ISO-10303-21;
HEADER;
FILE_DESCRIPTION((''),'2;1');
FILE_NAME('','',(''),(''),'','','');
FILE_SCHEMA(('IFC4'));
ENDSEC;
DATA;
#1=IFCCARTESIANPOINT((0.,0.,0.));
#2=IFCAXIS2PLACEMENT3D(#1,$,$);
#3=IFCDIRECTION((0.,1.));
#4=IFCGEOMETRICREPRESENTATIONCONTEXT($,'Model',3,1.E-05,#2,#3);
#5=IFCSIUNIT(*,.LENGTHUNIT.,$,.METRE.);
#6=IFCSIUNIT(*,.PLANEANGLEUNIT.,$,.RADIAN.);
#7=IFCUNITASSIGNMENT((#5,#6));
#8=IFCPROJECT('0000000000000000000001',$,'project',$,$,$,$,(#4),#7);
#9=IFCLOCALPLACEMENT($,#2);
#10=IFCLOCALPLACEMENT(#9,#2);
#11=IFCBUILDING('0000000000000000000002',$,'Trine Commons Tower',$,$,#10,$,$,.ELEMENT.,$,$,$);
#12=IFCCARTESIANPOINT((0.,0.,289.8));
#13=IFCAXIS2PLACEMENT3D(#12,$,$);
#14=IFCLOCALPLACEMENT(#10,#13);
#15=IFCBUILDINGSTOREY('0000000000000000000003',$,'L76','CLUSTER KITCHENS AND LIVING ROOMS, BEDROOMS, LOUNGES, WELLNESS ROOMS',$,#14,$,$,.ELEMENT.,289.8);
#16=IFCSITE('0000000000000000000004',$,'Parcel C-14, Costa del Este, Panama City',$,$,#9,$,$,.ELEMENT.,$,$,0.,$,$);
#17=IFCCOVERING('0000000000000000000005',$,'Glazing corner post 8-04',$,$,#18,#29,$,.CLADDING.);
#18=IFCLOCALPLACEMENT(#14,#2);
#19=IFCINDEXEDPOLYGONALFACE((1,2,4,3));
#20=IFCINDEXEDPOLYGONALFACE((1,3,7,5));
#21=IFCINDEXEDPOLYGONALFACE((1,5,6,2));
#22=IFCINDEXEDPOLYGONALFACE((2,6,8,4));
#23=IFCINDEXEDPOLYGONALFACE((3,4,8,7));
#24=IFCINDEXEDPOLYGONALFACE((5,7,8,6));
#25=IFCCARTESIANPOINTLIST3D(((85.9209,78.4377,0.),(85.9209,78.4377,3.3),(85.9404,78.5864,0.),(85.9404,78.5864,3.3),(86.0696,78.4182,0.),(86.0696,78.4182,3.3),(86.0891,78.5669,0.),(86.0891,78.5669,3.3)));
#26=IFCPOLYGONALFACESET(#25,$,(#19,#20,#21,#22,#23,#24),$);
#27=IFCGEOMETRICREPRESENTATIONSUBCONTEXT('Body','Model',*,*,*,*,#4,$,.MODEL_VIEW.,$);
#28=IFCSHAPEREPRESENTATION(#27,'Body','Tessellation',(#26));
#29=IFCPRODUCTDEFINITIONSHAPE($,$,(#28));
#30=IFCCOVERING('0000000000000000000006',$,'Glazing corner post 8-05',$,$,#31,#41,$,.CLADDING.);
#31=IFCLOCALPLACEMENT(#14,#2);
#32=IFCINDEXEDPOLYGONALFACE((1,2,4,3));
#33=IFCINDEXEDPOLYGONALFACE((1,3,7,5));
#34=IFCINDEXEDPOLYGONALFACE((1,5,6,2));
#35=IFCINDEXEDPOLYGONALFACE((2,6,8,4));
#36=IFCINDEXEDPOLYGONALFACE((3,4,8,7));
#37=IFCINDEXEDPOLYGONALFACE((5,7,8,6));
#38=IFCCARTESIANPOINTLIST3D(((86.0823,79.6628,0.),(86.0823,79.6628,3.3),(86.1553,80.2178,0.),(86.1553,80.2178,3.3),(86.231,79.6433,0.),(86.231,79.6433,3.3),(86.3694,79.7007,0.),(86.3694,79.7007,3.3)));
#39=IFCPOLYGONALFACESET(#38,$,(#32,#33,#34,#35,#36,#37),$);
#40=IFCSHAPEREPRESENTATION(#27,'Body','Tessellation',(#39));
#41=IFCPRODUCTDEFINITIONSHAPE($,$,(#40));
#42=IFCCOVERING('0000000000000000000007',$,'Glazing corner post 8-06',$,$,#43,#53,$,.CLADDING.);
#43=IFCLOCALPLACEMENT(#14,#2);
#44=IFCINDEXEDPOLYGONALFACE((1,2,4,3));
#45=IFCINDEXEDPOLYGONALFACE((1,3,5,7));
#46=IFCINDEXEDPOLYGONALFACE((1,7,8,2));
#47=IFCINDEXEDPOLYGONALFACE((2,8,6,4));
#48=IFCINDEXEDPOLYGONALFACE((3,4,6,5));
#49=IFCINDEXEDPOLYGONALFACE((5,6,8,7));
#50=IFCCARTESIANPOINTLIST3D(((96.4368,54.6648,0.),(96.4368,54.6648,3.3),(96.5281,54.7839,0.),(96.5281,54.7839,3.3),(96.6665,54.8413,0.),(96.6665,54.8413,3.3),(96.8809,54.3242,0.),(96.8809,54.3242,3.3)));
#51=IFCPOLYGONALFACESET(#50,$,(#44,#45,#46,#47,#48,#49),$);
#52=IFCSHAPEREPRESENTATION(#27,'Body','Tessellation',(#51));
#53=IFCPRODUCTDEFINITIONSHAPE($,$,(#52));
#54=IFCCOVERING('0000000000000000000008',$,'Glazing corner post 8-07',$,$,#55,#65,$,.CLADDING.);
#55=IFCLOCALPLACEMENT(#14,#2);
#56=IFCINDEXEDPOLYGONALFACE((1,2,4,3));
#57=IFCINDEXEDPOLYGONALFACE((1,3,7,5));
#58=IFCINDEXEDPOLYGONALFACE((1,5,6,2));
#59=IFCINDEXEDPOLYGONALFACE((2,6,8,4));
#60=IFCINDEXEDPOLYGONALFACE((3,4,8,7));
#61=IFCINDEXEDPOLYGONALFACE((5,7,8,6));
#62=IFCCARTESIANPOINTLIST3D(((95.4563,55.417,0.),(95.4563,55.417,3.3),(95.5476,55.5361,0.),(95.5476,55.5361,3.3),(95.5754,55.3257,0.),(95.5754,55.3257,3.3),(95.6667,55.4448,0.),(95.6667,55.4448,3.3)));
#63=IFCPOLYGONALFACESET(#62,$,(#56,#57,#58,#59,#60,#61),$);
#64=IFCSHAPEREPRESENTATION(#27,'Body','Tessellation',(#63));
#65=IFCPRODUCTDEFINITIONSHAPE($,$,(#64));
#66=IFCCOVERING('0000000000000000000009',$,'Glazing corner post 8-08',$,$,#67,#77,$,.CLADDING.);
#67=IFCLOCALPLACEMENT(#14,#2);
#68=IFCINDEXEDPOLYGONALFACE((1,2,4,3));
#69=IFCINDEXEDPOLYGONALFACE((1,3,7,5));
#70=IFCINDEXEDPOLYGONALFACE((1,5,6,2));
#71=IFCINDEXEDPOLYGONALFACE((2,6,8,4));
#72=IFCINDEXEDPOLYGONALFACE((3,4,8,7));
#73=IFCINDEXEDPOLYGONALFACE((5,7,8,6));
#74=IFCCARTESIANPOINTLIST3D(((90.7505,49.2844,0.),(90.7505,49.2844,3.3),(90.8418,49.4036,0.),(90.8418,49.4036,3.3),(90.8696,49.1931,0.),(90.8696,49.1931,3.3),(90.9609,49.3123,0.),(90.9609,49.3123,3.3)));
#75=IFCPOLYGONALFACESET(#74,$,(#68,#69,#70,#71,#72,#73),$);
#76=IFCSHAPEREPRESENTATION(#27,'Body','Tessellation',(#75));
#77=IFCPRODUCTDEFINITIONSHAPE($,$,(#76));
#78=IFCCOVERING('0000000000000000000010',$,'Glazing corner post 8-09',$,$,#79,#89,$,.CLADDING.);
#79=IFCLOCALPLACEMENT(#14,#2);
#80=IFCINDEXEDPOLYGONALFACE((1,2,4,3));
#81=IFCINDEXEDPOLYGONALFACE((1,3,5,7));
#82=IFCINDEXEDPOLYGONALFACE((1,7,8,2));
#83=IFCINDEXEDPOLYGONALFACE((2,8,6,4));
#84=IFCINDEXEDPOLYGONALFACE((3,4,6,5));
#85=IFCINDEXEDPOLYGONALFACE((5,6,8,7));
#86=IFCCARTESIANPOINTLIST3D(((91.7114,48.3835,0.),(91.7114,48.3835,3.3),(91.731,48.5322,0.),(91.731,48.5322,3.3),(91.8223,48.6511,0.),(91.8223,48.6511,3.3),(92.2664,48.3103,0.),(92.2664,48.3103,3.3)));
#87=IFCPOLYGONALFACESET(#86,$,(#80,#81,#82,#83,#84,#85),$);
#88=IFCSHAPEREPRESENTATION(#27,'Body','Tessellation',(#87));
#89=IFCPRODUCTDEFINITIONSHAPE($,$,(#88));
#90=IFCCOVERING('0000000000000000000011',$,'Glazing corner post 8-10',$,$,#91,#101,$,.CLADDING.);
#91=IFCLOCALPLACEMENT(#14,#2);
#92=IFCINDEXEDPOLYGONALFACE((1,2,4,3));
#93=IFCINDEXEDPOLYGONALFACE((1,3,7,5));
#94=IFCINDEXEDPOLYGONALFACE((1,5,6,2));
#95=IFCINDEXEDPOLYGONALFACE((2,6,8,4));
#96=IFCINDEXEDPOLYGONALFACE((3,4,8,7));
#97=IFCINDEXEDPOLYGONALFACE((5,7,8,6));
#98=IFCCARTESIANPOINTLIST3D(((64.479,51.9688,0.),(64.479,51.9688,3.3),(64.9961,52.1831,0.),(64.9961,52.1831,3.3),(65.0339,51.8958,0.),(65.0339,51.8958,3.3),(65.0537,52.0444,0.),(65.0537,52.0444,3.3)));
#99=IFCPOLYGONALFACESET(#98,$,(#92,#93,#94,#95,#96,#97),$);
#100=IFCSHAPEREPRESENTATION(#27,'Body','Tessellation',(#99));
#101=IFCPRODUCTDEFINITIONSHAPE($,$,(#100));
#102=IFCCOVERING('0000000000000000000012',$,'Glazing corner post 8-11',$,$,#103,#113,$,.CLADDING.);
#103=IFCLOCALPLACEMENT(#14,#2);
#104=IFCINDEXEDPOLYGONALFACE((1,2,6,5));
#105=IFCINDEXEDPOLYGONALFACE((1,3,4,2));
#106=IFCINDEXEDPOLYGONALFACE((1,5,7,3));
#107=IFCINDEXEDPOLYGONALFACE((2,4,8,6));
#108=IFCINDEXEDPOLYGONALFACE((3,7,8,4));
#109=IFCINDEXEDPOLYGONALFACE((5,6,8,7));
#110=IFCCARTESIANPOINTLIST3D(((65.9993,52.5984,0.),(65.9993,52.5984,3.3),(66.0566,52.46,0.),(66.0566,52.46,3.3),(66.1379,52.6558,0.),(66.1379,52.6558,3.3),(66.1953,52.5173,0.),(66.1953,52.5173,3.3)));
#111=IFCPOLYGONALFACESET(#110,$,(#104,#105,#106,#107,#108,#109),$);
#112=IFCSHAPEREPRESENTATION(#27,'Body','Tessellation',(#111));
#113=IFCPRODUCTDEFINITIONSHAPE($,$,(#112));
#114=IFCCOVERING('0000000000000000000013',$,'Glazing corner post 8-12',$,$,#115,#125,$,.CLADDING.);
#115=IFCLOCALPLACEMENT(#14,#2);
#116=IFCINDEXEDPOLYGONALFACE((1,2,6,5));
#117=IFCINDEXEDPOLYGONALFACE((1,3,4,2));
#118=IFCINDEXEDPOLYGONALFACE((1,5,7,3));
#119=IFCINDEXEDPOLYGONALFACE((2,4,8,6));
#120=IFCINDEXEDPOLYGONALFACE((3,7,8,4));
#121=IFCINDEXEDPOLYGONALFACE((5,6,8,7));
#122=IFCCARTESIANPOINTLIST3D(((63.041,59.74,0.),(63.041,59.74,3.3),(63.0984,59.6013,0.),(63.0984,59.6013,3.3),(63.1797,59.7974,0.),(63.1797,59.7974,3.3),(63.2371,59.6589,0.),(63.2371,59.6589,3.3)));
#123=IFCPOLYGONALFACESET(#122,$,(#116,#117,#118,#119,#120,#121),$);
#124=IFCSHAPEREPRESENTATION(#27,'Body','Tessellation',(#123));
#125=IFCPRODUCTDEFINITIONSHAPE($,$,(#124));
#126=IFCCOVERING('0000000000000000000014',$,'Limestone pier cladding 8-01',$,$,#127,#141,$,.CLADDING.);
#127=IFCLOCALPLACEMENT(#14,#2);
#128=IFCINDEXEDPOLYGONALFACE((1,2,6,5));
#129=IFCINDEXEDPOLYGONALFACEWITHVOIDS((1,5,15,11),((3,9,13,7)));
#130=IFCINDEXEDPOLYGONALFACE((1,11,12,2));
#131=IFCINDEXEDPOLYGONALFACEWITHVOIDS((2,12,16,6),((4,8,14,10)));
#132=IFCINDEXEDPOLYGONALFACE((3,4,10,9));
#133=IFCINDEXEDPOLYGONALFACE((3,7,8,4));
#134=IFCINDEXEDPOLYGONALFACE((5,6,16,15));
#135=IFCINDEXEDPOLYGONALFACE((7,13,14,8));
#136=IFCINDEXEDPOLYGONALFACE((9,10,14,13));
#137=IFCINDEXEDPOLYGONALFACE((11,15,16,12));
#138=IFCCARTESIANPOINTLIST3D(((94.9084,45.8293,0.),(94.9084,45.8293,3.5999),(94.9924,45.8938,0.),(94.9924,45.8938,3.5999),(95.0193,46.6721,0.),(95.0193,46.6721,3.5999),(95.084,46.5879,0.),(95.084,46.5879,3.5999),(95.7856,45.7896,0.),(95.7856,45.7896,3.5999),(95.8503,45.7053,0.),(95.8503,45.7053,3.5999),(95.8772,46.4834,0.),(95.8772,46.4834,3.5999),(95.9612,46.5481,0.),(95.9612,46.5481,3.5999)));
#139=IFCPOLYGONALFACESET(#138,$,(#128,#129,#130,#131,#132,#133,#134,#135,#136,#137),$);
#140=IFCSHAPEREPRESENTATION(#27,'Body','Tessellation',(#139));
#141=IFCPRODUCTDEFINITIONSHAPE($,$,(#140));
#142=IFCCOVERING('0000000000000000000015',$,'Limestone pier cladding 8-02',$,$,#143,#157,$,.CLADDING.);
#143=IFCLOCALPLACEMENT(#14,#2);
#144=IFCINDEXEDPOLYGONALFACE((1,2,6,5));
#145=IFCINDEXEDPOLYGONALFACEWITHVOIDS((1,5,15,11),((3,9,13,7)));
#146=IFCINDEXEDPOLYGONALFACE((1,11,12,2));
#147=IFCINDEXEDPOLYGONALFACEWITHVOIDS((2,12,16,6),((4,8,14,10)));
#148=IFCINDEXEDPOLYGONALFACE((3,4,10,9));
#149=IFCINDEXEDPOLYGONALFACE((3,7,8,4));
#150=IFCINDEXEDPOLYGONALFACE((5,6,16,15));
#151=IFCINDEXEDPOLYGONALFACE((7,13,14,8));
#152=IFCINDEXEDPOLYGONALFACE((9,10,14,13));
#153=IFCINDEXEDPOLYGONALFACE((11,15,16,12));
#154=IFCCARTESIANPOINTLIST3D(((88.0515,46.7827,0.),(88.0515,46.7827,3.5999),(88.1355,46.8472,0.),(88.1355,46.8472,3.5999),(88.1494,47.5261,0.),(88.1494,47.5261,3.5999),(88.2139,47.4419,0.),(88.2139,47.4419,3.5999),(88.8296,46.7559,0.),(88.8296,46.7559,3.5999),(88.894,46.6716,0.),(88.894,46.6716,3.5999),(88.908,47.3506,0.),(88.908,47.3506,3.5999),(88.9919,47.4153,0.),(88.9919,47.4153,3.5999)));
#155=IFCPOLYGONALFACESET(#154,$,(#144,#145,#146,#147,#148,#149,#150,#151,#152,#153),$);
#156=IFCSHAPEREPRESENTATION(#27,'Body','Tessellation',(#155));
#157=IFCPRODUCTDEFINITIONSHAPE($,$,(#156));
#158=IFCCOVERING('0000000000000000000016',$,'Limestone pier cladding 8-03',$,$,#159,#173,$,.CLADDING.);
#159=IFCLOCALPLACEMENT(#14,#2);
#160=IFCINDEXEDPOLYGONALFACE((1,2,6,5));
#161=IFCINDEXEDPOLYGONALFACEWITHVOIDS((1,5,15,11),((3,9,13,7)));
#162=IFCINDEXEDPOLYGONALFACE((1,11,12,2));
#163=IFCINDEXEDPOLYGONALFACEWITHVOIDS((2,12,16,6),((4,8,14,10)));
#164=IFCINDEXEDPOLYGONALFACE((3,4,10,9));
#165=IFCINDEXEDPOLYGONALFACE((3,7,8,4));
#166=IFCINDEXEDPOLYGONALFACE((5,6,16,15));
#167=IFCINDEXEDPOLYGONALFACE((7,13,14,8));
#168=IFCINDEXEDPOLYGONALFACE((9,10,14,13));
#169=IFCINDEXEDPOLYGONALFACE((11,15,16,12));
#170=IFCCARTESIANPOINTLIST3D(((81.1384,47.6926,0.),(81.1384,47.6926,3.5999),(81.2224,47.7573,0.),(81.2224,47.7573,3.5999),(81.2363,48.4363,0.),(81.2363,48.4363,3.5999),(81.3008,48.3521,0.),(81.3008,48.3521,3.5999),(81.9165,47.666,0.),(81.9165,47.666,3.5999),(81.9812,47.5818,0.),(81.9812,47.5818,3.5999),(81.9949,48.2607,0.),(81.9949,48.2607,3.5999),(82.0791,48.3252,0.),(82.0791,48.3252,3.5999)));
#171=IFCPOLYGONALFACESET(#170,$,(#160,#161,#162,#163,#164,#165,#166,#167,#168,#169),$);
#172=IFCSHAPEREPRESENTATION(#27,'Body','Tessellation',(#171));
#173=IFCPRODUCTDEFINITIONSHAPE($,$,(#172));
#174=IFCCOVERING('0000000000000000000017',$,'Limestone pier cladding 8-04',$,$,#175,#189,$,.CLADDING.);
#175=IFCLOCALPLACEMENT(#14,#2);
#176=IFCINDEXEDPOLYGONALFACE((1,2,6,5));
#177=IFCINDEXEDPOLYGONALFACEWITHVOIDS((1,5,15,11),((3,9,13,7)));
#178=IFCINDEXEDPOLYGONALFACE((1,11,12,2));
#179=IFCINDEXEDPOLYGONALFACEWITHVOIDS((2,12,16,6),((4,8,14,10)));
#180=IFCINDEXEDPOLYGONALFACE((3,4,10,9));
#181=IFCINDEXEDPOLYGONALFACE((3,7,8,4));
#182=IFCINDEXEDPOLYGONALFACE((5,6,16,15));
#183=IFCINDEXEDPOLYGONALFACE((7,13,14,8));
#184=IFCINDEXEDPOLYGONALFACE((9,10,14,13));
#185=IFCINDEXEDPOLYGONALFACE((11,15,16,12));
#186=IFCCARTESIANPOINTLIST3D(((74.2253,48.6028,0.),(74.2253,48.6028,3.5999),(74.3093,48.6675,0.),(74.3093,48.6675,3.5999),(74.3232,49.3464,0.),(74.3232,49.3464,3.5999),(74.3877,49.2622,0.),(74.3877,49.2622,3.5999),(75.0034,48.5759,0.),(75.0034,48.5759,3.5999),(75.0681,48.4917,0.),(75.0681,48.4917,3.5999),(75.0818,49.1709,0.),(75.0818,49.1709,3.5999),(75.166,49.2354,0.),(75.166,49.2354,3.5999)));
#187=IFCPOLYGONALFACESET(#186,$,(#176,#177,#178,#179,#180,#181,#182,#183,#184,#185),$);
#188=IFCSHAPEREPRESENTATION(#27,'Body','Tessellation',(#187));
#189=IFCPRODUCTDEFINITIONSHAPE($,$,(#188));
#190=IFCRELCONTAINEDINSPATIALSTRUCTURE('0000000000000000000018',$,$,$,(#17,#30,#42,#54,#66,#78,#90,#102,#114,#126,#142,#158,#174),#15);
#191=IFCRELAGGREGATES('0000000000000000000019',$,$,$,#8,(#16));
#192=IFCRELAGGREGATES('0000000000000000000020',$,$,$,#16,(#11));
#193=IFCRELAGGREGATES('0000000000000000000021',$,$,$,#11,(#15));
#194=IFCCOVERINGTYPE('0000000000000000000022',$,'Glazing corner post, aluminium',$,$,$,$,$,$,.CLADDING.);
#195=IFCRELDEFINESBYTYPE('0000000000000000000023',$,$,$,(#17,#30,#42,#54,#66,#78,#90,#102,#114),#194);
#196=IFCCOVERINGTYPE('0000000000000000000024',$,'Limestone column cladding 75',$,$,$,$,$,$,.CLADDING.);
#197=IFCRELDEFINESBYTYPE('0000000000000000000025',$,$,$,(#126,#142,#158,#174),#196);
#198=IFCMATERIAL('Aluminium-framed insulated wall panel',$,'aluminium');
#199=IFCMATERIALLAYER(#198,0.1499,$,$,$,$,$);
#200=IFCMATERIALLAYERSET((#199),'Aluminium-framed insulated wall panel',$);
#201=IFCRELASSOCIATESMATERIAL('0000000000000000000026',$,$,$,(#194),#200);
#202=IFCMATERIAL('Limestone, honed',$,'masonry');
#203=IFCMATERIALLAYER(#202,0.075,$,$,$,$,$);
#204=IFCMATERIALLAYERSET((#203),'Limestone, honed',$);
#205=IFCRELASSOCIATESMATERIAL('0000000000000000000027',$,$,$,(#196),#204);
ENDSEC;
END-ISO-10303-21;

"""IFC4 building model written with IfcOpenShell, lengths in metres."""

from ifc_helpers import new_model, si_unit, direction, frame, origin, place, context, subcontext, project, spatial, polyline, outline, extrude, material, layer, layer_set, type_object, element, save


model = new_model("IFC4")

# Units and contexts
model_context = context("Model", 3, precision=1e-05, world=origin(), true_north=direction((0.0, 1.0)))
body_context = subcontext(model_context, "Body", "Model", "MODEL_VIEW")
ifc_project = project(units=[si_unit("LENGTHUNIT", "METRE"), si_unit("PLANEANGLEUNIT", "RADIAN")], contexts=[model_context])

# Site, building, storey
site_placement = place(None, origin())
site = spatial("IfcSite", under=ifc_project, at=site_placement, Name="Parcel C-14, Costa del Este, Panama City", CompositionType="ELEMENT", RefElevation=0.0)
building_placement = place(site_placement, origin())
building = spatial("IfcBuilding", under=site, at=building_placement, Name="Trine Commons Tower", CompositionType="ELEMENT")
storey_placement = place(building_placement, frame((0.0, 0.0, 289.8)))
storey = spatial("IfcBuildingStorey", under=building, at=storey_placement, Name="L76", Description="CLUSTER KITCHENS AND LIVING ROOMS, BEDROOMS, LOUNGES, WELLNESS ROOMS", CompositionType="ELEMENT", Elevation=289.8)

# Coverings
ifc_material_1 = material(Name="Aluminium-framed insulated wall panel", Category="aluminium")
ifc_layer_1 = layer(ifc_material_1, 0.1499)
ifc_layer_set_1 = layer_set([ifc_layer_1], Name="Aluminium-framed insulated wall panel")
covering_type_1 = type_object("IfcCoveringType", Name="Glazing corner post, aluminium", PredefinedType="CLADDING", material=ifc_layer_set_1)
covering_1_placement = place(storey_placement, origin())
element("IfcCovering", 1, at=covering_1_placement, inside=storey, type_object=covering_type_1, Name="Glazing corner post 8-04", PredefinedType="CLADDING", context=body_context, shape_type="SweptSolid", body=[
    extrude(outline(polyline([(85.9209, 78.4377), (86.0696, 78.4182), (86.0891, 78.5669), (85.9404, 78.5864), (85.9209, 78.4377)])), origin(), (0.0, 0.0, 1.0), 3.3),
])
covering_2_placement = place(storey_placement, origin())
element("IfcCovering", 2, at=covering_2_placement, inside=storey, type_object=covering_type_1, Name="Glazing corner post 8-05", PredefinedType="CLADDING", context=body_context, shape_type="SweptSolid", body=[
    extrude(outline(polyline([(86.0823, 79.6628), (86.231, 79.6433), (86.3694, 79.7007), (86.1553, 80.2178), (86.0823, 79.6628)])), origin(), (0.0, 0.0, 1.0), 3.3),
])
covering_3_placement = place(storey_placement, origin())
element("IfcCovering", 3, at=covering_3_placement, inside=storey, type_object=covering_type_1, Name="Glazing corner post 8-06", PredefinedType="CLADDING", context=body_context, shape_type="SweptSolid", body=[
    extrude(outline(polyline([(96.4368, 54.6648), (96.8809, 54.3242), (96.6665, 54.8413), (96.5281, 54.7839), (96.4368, 54.6648)])), origin(), (0.0, 0.0, 1.0), 3.3),
])
covering_4_placement = place(storey_placement, origin())
element("IfcCovering", 4, at=covering_4_placement, inside=storey, type_object=covering_type_1, Name="Glazing corner post 8-07", PredefinedType="CLADDING", context=body_context, shape_type="SweptSolid", body=[
    extrude(outline(polyline([(95.4563, 55.417), (95.5754, 55.3257), (95.6667, 55.4448), (95.5476, 55.5361), (95.4563, 55.417)])), origin(), (0.0, 0.0, 1.0), 3.3),
])
covering_5_placement = place(storey_placement, origin())
element("IfcCovering", 5, at=covering_5_placement, inside=storey, type_object=covering_type_1, Name="Glazing corner post 8-08", PredefinedType="CLADDING", context=body_context, shape_type="SweptSolid", body=[
    extrude(outline(polyline([(90.8696, 49.1931), (90.9609, 49.3123), (90.8418, 49.4036), (90.7505, 49.2844), (90.8696, 49.1931)])), origin(), (0.0, 0.0, 1.0), 3.3),
])
covering_6_placement = place(storey_placement, origin())
element("IfcCovering", 6, at=covering_6_placement, inside=storey, type_object=covering_type_1, Name="Glazing corner post 8-09", PredefinedType="CLADDING", context=body_context, shape_type="SweptSolid", body=[
    extrude(outline(polyline([(91.7114, 48.3835), (92.2664, 48.3103), (91.8223, 48.6511), (91.731, 48.5322), (91.7114, 48.3835)])), origin(), (0.0, 0.0, 1.0), 3.3),
])
covering_7_placement = place(storey_placement, origin())
element("IfcCovering", 7, at=covering_7_placement, inside=storey, type_object=covering_type_1, Name="Glazing corner post 8-10", PredefinedType="CLADDING", context=body_context, shape_type="SweptSolid", body=[
    extrude(outline(polyline([(65.0339, 51.8958), (65.0537, 52.0444), (64.9961, 52.1831), (64.479, 51.9688), (65.0339, 51.8958)])), origin(), (0.0, 0.0, 1.0), 3.3),
])
covering_8_placement = place(storey_placement, origin())
element("IfcCovering", 8, at=covering_8_placement, inside=storey, type_object=covering_type_1, Name="Glazing corner post 8-11", PredefinedType="CLADDING", context=body_context, shape_type="SweptSolid", body=[
    extrude(outline(polyline([(66.0566, 52.46), (66.1953, 52.5173), (66.1379, 52.6558), (65.9993, 52.5984), (66.0566, 52.46)])), origin(), (0.0, 0.0, 1.0), 3.3),
])
covering_9_placement = place(storey_placement, origin())
element("IfcCovering", 9, at=covering_9_placement, inside=storey, type_object=covering_type_1, Name="Glazing corner post 8-12", PredefinedType="CLADDING", context=body_context, shape_type="SweptSolid", body=[
    extrude(outline(polyline([(63.041, 59.74), (63.0984, 59.6013), (63.2371, 59.6589), (63.1797, 59.7974), (63.041, 59.74)])), origin(), (0.0, 0.0, 1.0), 3.3),
])
ifc_material_2 = material(Name="Limestone, honed", Category="masonry")
ifc_layer_2 = layer(ifc_material_2, 0.075)
ifc_layer_set_2 = layer_set([ifc_layer_2], Name="Limestone, honed")
covering_type_2 = type_object("IfcCoveringType", Name="Limestone column cladding 75", PredefinedType="CLADDING", material=ifc_layer_set_2)
covering_10_placement = place(storey_placement, origin())
element("IfcCovering", 10, at=covering_10_placement, inside=storey, type_object=covering_type_2, Name="Limestone pier cladding 8-01", PredefinedType="CLADDING", context=body_context, shape_type="SweptSolid", body=[
    extrude(outline(polyline([(95.0193, 46.6721), (94.9084, 45.8293), (95.8503, 45.7053), (95.9612, 46.5481), (95.0193, 46.6721)]), holes=[polyline([(95.084, 46.5879), (94.9924, 45.8938), (95.7856, 45.7896), (95.8772, 46.4834), (95.084, 46.5879)])]), origin(), (0.0, 0.0, 1.0), 3.5999),
])
covering_11_placement = place(storey_placement, origin())
element("IfcCovering", 11, at=covering_11_placement, inside=storey, type_object=covering_type_2, Name="Limestone pier cladding 8-02", PredefinedType="CLADDING", context=body_context, shape_type="SweptSolid", body=[
    extrude(outline(polyline([(88.1494, 47.5261), (88.0515, 46.7827), (88.894, 46.6716), (88.9919, 47.4153), (88.1494, 47.5261)]), holes=[polyline([(88.2139, 47.4419), (88.1355, 46.8472), (88.8296, 46.7559), (88.908, 47.3506), (88.2139, 47.4419)])]), origin(), (0.0, 0.0, 1.0), 3.5999),
])
covering_12_placement = place(storey_placement, origin())
element("IfcCovering", 12, at=covering_12_placement, inside=storey, type_object=covering_type_2, Name="Limestone pier cladding 8-03", PredefinedType="CLADDING", context=body_context, shape_type="SweptSolid", body=[
    extrude(outline(polyline([(81.2363, 48.4363), (81.1384, 47.6926), (81.9812, 47.5818), (82.0791, 48.3252), (81.2363, 48.4363)]), holes=[polyline([(81.3008, 48.3521), (81.2224, 47.7573), (81.9165, 47.666), (81.9949, 48.2607), (81.3008, 48.3521)])]), origin(), (0.0, 0.0, 1.0), 3.5999),
])
covering_13_placement = place(storey_placement, origin())
element("IfcCovering", 13, at=covering_13_placement, inside=storey, type_object=covering_type_2, Name="Limestone pier cladding 8-04", PredefinedType="CLADDING", context=body_context, shape_type="SweptSolid", body=[
    extrude(outline(polyline([(74.3232, 49.3464), (74.2253, 48.6028), (75.0681, 48.4917), (75.166, 49.2354), (74.3232, 49.3464)]), holes=[polyline([(74.3877, 49.2622), (74.3093, 48.6675), (75.0034, 48.5759), (75.0818, 49.1709), (74.3877, 49.2622)])]), origin(), (0.0, 0.0, 1.0), 3.5999),
])

save(model, "model.ifc")
